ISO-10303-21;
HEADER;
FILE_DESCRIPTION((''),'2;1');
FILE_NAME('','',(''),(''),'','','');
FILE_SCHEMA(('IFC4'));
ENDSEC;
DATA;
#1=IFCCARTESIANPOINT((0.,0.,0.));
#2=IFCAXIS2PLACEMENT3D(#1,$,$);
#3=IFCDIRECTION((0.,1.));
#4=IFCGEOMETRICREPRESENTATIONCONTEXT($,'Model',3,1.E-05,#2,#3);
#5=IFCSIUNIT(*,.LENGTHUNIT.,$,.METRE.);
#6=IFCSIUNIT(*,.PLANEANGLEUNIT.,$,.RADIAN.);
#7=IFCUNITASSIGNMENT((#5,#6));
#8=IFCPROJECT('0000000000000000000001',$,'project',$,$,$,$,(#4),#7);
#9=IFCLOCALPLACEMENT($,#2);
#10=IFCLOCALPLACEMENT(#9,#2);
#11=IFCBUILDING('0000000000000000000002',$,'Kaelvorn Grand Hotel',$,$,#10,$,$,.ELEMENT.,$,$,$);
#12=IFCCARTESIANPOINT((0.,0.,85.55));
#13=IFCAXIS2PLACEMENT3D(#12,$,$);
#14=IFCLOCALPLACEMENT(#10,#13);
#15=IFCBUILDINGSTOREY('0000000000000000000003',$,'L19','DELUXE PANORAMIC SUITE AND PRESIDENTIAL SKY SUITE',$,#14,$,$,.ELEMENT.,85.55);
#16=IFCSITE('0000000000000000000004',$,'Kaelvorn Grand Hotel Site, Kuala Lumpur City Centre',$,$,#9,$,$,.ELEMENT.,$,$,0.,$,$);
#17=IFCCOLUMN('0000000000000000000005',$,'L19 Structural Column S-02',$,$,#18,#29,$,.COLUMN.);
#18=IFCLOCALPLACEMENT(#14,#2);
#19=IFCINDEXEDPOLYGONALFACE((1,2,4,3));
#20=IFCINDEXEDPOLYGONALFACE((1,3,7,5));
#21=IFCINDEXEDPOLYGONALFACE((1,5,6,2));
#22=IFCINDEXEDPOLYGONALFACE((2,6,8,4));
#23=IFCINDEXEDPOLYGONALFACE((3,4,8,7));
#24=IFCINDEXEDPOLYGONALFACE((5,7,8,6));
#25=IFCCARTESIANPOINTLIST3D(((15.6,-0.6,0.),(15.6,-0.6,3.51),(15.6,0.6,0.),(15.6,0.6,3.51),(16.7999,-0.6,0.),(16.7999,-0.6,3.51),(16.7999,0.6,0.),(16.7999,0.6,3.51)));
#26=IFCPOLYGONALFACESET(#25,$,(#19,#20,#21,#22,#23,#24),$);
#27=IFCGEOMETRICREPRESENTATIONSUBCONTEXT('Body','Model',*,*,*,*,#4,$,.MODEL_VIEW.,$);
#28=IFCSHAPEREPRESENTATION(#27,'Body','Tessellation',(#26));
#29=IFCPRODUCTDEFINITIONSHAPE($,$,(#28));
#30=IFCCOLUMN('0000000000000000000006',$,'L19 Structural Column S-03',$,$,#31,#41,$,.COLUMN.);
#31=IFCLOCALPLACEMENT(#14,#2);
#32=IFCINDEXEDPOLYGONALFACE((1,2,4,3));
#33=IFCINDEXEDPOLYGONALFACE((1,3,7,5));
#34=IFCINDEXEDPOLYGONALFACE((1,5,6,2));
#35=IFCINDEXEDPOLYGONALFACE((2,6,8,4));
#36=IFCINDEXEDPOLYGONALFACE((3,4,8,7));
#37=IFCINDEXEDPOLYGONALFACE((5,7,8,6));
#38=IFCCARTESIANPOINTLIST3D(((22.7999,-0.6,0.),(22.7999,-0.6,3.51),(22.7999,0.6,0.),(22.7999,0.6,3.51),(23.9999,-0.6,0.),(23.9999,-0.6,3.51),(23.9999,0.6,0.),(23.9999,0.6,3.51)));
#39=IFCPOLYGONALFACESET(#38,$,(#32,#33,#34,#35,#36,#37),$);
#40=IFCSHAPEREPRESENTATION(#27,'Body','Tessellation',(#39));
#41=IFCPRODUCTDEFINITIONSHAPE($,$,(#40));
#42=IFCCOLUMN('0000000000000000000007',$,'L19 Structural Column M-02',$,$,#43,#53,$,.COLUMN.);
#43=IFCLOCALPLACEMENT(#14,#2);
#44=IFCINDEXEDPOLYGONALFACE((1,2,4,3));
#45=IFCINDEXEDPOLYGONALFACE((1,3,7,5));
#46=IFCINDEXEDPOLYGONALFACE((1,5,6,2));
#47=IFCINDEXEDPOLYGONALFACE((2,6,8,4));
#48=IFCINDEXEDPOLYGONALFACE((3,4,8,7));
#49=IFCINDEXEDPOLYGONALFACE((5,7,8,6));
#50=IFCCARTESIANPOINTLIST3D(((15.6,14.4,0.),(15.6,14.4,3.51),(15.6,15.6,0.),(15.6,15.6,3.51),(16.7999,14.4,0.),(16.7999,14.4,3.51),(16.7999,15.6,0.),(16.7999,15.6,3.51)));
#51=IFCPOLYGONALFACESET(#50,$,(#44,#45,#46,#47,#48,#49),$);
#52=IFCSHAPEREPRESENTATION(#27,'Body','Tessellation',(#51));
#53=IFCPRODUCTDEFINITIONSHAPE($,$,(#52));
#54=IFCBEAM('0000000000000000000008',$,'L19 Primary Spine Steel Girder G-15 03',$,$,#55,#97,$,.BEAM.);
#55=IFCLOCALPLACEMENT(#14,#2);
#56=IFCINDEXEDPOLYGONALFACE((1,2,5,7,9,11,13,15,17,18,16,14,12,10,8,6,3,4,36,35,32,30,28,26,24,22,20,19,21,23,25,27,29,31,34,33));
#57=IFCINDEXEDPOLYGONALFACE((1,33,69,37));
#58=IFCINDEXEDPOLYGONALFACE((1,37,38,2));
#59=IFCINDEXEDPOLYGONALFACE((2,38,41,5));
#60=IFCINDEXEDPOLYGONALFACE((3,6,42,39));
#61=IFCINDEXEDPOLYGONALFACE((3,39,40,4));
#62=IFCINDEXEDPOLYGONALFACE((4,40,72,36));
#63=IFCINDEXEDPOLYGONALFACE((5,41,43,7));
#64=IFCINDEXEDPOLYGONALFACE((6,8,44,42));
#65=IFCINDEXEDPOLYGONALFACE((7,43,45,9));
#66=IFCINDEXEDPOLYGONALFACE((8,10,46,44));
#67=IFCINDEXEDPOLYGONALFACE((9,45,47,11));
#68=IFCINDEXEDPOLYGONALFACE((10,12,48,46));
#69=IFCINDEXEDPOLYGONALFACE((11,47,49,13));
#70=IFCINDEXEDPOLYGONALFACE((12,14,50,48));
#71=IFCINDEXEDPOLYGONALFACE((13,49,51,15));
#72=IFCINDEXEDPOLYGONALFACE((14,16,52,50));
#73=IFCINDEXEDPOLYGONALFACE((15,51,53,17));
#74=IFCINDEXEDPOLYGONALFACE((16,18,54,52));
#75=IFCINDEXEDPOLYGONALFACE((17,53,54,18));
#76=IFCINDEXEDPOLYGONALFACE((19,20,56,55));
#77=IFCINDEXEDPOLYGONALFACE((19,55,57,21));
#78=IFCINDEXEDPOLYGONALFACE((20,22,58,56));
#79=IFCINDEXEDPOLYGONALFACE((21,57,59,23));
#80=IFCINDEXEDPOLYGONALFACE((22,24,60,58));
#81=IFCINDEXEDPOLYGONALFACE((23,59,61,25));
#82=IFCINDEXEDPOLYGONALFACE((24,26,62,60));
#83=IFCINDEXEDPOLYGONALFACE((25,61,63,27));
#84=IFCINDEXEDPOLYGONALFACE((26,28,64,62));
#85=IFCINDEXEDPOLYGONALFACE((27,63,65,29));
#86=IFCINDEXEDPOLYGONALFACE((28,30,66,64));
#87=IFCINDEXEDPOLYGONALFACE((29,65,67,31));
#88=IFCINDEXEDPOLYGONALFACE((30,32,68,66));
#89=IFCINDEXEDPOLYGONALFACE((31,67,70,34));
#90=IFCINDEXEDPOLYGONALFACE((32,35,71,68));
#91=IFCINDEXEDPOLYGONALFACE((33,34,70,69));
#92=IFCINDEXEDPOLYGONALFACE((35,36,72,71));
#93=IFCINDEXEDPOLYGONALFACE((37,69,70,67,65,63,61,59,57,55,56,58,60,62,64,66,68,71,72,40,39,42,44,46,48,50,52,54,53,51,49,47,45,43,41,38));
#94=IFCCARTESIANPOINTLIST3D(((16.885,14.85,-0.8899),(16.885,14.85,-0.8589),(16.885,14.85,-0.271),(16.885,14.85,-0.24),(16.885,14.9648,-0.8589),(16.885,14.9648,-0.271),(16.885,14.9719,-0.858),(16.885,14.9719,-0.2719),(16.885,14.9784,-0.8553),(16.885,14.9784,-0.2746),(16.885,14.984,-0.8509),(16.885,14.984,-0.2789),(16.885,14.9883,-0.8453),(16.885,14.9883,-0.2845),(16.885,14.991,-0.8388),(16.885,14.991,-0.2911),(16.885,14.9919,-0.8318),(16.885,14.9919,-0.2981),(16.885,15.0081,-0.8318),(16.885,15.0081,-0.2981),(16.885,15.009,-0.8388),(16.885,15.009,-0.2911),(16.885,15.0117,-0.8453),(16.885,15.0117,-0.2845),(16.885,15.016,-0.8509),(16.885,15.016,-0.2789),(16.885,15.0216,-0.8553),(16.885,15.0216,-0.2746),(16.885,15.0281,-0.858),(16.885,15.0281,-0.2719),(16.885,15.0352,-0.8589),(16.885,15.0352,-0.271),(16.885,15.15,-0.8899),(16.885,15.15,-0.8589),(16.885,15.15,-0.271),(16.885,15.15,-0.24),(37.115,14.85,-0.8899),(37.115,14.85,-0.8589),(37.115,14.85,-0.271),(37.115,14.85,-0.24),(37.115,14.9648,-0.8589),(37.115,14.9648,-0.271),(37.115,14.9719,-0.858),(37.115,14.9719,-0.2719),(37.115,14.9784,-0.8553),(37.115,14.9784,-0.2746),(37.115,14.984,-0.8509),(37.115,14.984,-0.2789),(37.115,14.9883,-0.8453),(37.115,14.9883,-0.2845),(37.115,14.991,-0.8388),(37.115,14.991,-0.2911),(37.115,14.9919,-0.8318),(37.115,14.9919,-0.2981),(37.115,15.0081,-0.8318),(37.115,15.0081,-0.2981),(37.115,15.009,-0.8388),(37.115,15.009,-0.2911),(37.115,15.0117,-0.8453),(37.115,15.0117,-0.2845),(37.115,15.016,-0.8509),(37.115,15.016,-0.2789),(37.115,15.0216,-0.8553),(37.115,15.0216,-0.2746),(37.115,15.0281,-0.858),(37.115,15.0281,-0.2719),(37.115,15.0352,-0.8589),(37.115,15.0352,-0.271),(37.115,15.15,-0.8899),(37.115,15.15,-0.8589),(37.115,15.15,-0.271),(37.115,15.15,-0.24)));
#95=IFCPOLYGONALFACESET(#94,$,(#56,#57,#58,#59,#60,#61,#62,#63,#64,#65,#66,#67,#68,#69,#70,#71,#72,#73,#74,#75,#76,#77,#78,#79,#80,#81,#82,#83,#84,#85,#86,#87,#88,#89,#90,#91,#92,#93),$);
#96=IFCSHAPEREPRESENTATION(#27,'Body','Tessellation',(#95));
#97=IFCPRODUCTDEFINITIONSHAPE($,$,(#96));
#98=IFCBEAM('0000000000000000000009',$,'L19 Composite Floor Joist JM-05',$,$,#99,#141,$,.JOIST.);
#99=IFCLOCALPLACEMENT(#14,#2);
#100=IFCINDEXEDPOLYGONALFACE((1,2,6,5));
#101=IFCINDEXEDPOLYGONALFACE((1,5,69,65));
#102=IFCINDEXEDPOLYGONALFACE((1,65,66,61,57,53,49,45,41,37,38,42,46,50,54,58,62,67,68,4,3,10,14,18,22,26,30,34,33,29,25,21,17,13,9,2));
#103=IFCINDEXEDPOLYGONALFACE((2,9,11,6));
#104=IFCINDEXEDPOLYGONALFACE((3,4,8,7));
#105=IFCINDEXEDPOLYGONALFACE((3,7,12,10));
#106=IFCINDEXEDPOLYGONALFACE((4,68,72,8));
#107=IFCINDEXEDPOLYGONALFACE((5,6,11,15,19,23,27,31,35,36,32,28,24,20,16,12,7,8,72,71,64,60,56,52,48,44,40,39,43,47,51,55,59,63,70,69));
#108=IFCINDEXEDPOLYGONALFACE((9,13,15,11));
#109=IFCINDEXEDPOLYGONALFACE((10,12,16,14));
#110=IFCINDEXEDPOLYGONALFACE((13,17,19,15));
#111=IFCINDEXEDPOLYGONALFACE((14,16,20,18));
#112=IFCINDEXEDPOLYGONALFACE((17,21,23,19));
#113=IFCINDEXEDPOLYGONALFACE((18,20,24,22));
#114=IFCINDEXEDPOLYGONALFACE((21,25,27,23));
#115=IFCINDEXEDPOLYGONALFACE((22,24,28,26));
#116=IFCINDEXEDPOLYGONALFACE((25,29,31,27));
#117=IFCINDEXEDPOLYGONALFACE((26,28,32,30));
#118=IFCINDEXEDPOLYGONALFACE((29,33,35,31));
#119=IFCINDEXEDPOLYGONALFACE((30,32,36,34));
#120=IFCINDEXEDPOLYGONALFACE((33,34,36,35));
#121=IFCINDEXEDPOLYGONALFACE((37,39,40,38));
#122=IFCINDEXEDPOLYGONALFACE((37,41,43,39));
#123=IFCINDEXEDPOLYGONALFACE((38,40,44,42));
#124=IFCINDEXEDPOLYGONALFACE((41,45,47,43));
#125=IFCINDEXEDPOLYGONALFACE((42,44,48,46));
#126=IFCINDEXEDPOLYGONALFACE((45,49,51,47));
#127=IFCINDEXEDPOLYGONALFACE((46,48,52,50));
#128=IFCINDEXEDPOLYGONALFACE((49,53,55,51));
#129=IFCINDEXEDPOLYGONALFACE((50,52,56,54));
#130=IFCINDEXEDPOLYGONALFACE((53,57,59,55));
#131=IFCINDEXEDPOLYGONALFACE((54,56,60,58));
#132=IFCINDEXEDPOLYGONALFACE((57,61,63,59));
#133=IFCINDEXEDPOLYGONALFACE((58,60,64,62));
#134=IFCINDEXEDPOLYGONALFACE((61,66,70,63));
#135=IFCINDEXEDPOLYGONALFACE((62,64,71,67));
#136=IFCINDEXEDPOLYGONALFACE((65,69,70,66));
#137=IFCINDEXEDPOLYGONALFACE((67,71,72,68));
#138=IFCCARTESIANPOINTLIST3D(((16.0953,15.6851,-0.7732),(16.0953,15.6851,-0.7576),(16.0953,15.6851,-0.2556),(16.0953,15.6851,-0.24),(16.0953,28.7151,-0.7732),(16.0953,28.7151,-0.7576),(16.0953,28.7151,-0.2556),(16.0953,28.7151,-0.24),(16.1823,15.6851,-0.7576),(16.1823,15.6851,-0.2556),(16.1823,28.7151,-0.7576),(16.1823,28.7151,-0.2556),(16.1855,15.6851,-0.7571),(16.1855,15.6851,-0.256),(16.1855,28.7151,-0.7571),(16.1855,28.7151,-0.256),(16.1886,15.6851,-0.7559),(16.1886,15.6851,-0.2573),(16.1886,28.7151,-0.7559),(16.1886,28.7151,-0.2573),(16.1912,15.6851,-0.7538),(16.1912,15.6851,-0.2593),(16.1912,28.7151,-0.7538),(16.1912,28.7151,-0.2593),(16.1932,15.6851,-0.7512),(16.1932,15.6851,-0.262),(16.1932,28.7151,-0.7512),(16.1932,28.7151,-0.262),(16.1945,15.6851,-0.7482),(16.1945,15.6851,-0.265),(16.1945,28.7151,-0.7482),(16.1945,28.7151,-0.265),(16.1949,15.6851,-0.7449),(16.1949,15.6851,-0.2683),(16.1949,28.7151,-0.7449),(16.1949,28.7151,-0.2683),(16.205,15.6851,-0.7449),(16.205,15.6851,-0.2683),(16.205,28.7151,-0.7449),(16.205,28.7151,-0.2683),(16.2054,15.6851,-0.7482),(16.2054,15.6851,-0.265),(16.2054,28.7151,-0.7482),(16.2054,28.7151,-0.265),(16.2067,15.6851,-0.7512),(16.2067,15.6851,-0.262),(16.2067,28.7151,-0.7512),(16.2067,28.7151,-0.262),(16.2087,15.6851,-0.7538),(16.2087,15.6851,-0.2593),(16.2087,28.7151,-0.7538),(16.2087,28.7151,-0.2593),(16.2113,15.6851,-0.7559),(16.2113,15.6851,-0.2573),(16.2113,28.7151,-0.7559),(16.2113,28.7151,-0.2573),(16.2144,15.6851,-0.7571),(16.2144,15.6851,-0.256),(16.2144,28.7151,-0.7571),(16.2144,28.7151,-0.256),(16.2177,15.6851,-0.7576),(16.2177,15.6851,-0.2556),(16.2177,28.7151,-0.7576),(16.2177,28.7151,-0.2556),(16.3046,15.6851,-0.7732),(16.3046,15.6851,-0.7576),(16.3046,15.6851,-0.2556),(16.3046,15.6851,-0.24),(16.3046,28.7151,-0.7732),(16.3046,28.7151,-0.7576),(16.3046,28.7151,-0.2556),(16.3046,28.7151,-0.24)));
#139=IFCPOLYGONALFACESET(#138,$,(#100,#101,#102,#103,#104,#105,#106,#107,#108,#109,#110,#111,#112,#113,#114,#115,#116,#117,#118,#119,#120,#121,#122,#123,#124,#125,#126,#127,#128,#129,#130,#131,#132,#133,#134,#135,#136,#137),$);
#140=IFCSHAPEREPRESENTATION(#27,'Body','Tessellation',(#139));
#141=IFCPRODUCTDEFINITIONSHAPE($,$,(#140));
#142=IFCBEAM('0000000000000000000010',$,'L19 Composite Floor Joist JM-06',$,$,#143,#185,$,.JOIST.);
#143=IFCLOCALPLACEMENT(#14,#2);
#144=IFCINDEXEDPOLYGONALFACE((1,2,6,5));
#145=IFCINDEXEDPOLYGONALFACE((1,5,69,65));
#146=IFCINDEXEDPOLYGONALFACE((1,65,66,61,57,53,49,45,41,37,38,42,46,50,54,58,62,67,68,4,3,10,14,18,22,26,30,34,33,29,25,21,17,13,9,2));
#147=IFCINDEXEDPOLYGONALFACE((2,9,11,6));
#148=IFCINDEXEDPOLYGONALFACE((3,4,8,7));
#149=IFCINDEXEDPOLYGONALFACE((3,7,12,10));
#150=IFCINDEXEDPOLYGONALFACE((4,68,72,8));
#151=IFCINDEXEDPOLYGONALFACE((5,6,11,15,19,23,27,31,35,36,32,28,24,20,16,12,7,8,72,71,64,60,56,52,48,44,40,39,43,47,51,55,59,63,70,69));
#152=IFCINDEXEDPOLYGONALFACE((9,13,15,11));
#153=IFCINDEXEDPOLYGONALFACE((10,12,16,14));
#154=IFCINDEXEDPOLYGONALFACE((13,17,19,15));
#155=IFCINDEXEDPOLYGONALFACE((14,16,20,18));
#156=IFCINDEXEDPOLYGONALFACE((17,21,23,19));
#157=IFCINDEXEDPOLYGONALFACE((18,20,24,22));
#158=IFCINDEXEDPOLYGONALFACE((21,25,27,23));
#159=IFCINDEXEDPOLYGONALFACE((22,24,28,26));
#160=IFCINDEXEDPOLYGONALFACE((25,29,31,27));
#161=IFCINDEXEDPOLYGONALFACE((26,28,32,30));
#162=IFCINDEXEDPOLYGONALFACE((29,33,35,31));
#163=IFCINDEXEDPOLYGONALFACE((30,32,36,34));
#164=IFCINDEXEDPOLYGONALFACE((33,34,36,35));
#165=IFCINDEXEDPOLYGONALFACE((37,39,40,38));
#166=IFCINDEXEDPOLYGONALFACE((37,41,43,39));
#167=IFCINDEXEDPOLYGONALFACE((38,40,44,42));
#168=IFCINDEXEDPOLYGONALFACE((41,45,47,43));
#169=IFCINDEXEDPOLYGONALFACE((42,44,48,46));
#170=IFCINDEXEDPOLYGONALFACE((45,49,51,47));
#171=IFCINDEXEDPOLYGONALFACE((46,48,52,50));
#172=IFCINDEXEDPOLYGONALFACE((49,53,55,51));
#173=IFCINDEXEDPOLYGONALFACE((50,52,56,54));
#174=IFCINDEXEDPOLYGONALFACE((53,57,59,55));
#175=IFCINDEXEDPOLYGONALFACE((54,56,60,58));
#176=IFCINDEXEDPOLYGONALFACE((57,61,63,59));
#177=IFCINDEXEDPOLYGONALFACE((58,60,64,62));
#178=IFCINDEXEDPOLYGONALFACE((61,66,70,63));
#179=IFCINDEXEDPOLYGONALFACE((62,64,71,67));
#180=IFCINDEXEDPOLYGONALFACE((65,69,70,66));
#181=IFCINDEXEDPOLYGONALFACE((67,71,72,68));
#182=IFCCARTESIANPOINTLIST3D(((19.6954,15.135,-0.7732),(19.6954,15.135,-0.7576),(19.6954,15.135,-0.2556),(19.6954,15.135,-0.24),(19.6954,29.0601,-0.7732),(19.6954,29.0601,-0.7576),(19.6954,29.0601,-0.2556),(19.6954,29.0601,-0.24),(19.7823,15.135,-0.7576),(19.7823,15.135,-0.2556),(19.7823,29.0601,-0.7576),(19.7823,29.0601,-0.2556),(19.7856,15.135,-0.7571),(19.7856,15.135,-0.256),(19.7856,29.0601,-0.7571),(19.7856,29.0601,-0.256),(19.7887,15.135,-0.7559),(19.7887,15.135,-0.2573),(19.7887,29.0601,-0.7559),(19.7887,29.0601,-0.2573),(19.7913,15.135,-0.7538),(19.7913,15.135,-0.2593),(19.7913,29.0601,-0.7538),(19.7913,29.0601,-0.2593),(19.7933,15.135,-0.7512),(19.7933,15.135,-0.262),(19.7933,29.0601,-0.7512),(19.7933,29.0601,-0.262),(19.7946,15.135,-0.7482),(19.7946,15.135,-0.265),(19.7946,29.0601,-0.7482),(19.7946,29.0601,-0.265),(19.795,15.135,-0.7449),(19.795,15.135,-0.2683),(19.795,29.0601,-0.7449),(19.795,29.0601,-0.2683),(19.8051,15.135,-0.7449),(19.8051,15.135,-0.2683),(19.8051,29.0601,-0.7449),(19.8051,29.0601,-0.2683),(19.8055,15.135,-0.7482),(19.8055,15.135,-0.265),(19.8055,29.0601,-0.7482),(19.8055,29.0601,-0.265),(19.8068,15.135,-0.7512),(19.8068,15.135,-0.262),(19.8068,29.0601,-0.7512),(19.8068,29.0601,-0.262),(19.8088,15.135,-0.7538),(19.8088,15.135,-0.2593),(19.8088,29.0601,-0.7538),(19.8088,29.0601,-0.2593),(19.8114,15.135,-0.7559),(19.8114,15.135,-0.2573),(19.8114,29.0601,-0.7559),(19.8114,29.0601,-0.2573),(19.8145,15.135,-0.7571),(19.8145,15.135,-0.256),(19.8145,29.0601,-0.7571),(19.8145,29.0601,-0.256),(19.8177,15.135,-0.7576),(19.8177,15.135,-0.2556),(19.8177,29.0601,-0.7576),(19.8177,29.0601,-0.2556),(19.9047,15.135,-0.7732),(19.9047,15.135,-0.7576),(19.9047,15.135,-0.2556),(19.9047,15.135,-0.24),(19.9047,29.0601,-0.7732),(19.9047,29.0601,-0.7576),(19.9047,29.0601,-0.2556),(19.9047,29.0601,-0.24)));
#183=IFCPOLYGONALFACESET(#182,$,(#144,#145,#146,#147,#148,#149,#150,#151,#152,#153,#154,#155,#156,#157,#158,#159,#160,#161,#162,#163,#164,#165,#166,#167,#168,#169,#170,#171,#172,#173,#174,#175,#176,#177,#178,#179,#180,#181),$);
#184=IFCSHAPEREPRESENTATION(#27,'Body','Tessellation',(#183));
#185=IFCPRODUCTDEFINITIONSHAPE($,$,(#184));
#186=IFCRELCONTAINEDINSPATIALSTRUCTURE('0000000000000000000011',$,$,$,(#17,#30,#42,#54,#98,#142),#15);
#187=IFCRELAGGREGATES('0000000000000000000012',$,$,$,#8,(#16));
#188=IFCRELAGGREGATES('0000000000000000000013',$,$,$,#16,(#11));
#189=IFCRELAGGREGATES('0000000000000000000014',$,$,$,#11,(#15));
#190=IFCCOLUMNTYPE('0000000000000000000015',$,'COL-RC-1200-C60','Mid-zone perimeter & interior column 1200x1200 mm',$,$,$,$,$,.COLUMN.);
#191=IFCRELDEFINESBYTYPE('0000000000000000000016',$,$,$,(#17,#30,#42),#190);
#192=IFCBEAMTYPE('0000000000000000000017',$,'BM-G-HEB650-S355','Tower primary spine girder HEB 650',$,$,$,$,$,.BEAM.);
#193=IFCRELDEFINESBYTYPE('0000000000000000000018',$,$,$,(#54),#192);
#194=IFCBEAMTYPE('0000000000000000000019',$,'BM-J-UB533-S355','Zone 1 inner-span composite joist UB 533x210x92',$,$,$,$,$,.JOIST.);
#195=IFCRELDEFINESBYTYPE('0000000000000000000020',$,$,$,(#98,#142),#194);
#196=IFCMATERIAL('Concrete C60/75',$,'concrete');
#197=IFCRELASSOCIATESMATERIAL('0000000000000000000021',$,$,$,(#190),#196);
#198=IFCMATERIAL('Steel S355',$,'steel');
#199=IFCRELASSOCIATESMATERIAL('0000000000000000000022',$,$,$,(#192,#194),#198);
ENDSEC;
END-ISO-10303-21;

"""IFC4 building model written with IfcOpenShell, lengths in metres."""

from ifc_helpers import new_model, si_unit, direction, frame, origin, origin_2d, place, context, subcontext, project, spatial, rectangle, i_section, extrude, material, material_profile, profile_set, type_object, element, save


model = new_model("IFC4")

# Units and contexts
model_context = context("Model", 3, precision=1e-05, world=origin(), true_north=direction((0.0, 1.0)))
body_context = subcontext(model_context, "Body", "Model", "MODEL_VIEW")
ifc_project = project(units=[si_unit("LENGTHUNIT", "METRE"), si_unit("PLANEANGLEUNIT", "RADIAN")], contexts=[model_context])

# Site, building, storey
site_placement = place(None, origin())
site = spatial("IfcSite", under=ifc_project, at=site_placement, Name="Kaelvorn Grand Hotel Site, Kuala Lumpur City Centre", CompositionType="ELEMENT", RefElevation=0.0)
building_placement = place(site_placement, origin())
building = spatial("IfcBuilding", under=site, at=building_placement, Name="Kaelvorn Grand Hotel", CompositionType="ELEMENT")
storey_placement = place(building_placement, frame((0.0, 0.0, 85.55)))
storey = spatial("IfcBuildingStorey", under=building, at=storey_placement, Name="L19", Description="DELUXE PANORAMIC SUITE AND PRESIDENTIAL SKY SUITE", CompositionType="ELEMENT", Elevation=85.55)

# Columns
ifc_material_1 = material(Name="Concrete C60/75", Category="concrete")
ifc_material_profile_1 = material_profile(ifc_material_1, rectangle(XDim=1.2, YDim=1.2, at=origin_2d()), Name="RC COL 1200x1200")
ifc_profile_set_1 = profile_set([ifc_material_profile_1], Name="Concrete C60/75")
column_type = type_object("IfcColumnType", Name="COL-RC-1200-C60", Description="Mid-zone perimeter & interior column 1200x1200 mm", PredefinedType="COLUMN", material=ifc_profile_set_1)
for number, where, z_axis, x_axis, name in (
    (1, (16.2, 0.0, 0.0), (0.0, 0.0, 1.0), (1.0, 0.0, 0.0), "L19 Structural Column S-02"),
    (2, (23.3999, 0.0, 0.0), (0.0, 0.0, 1.0), (1.0, 0.0, 0.0), "L19 Structural Column S-03"),
    (3, (16.2, 15.0, 0.0), (0.0, 0.0, 1.0), (1.0, 0.0, 0.0), "L19 Structural Column M-02"),
):
    element("IfcColumn", number, at=place(storey_placement, frame(where, z_axis=z_axis, x_axis=x_axis)), inside=storey, type_object=column_type, Name=name, PredefinedType="COLUMN", context=body_context, shape_type="SweptSolid", body=[
        extrude(rectangle(XDim=1.2, YDim=1.2, at=origin_2d()), origin(), (0.0, 0.0, 1.0), 3.51),
    ])

# Beams
ifc_material_2 = material(Name="Steel S355", Category="steel")
ifc_material_profile_2 = material_profile(ifc_material_2, i_section(OverallWidth=0.3, OverallDepth=0.6499, WebThickness=0.0161, FlangeThickness=0.031, FilletRadius=0.0271, at=origin_2d()), Name="HEB 650")
ifc_profile_set_2 = profile_set([ifc_material_profile_2], Name="Steel S355")
beam_type_1 = type_object("IfcBeamType", Name="BM-G-HEB650-S355", Description="Tower primary spine girder HEB 650", PredefinedType="BEAM", material=ifc_profile_set_2)
beam_1_placement = place(storey_placement, frame((16.885, 15.0, -0.5649), z_axis=(1.0, 0.0, 0.0), x_axis=(0.0, 1.0, 0.0)))
element("IfcBeam", 4, at=beam_1_placement, inside=storey, type_object=beam_type_1, Name="L19 Primary Spine Steel Girder G-15 03", PredefinedType="BEAM", context=body_context, shape_type="SweptSolid", body=[
    extrude(i_section(OverallWidth=0.3, OverallDepth=0.6499, WebThickness=0.0161, FlangeThickness=0.031, FilletRadius=0.0271, at=origin_2d()), origin(), (0.0, 0.0, 1.0), 20.23),
])
ifc_material_profile_3 = material_profile(ifc_material_2, i_section(OverallWidth=0.2092, OverallDepth=0.5332, WebThickness=0.01, FlangeThickness=0.0156, FilletRadius=0.0127, at=origin_2d()), Name="UB 533x210x92")
ifc_profile_set_3 = profile_set([ifc_material_profile_3], Name="Steel S355")
beam_type_2 = type_object("IfcBeamType", Name="BM-J-UB533-S355", Description="Zone 1 inner-span composite joist UB 533x210x92", PredefinedType="JOIST", material=ifc_profile_set_3)
beam_2_placement = place(storey_placement, frame((16.2, 15.6851, -0.5066), z_axis=(0.0, 1.0, 0.0), x_axis=(-1.0, 0.0, 0.0)))
element("IfcBeam", 5, at=beam_2_placement, inside=storey, type_object=beam_type_2, Name="L19 Composite Floor Joist JM-05", PredefinedType="JOIST", context=body_context, shape_type="SweptSolid", body=[
    extrude(i_section(OverallWidth=0.2092, OverallDepth=0.5332, WebThickness=0.01, FlangeThickness=0.0156, FilletRadius=0.0127, at=origin_2d()), origin(), (0.0, 0.0, 1.0), 13.03),
])
beam_3_placement = place(storey_placement, frame((19.8, 15.135, -0.5066), z_axis=(0.0, 1.0, 0.0), x_axis=(-1.0, 0.0, 0.0)))
element("IfcBeam", 6, at=beam_3_placement, inside=storey, type_object=beam_type_2, Name="L19 Composite Floor Joist JM-06", PredefinedType="JOIST", context=body_context, shape_type="SweptSolid", body=[
    extrude(i_section(OverallWidth=0.2092, OverallDepth=0.5332, WebThickness=0.01, FlangeThickness=0.0156, FilletRadius=0.0127, at=origin_2d()), origin(), (0.0, 0.0, 1.0), 13.925),
])

save(model, "model.ifc")
